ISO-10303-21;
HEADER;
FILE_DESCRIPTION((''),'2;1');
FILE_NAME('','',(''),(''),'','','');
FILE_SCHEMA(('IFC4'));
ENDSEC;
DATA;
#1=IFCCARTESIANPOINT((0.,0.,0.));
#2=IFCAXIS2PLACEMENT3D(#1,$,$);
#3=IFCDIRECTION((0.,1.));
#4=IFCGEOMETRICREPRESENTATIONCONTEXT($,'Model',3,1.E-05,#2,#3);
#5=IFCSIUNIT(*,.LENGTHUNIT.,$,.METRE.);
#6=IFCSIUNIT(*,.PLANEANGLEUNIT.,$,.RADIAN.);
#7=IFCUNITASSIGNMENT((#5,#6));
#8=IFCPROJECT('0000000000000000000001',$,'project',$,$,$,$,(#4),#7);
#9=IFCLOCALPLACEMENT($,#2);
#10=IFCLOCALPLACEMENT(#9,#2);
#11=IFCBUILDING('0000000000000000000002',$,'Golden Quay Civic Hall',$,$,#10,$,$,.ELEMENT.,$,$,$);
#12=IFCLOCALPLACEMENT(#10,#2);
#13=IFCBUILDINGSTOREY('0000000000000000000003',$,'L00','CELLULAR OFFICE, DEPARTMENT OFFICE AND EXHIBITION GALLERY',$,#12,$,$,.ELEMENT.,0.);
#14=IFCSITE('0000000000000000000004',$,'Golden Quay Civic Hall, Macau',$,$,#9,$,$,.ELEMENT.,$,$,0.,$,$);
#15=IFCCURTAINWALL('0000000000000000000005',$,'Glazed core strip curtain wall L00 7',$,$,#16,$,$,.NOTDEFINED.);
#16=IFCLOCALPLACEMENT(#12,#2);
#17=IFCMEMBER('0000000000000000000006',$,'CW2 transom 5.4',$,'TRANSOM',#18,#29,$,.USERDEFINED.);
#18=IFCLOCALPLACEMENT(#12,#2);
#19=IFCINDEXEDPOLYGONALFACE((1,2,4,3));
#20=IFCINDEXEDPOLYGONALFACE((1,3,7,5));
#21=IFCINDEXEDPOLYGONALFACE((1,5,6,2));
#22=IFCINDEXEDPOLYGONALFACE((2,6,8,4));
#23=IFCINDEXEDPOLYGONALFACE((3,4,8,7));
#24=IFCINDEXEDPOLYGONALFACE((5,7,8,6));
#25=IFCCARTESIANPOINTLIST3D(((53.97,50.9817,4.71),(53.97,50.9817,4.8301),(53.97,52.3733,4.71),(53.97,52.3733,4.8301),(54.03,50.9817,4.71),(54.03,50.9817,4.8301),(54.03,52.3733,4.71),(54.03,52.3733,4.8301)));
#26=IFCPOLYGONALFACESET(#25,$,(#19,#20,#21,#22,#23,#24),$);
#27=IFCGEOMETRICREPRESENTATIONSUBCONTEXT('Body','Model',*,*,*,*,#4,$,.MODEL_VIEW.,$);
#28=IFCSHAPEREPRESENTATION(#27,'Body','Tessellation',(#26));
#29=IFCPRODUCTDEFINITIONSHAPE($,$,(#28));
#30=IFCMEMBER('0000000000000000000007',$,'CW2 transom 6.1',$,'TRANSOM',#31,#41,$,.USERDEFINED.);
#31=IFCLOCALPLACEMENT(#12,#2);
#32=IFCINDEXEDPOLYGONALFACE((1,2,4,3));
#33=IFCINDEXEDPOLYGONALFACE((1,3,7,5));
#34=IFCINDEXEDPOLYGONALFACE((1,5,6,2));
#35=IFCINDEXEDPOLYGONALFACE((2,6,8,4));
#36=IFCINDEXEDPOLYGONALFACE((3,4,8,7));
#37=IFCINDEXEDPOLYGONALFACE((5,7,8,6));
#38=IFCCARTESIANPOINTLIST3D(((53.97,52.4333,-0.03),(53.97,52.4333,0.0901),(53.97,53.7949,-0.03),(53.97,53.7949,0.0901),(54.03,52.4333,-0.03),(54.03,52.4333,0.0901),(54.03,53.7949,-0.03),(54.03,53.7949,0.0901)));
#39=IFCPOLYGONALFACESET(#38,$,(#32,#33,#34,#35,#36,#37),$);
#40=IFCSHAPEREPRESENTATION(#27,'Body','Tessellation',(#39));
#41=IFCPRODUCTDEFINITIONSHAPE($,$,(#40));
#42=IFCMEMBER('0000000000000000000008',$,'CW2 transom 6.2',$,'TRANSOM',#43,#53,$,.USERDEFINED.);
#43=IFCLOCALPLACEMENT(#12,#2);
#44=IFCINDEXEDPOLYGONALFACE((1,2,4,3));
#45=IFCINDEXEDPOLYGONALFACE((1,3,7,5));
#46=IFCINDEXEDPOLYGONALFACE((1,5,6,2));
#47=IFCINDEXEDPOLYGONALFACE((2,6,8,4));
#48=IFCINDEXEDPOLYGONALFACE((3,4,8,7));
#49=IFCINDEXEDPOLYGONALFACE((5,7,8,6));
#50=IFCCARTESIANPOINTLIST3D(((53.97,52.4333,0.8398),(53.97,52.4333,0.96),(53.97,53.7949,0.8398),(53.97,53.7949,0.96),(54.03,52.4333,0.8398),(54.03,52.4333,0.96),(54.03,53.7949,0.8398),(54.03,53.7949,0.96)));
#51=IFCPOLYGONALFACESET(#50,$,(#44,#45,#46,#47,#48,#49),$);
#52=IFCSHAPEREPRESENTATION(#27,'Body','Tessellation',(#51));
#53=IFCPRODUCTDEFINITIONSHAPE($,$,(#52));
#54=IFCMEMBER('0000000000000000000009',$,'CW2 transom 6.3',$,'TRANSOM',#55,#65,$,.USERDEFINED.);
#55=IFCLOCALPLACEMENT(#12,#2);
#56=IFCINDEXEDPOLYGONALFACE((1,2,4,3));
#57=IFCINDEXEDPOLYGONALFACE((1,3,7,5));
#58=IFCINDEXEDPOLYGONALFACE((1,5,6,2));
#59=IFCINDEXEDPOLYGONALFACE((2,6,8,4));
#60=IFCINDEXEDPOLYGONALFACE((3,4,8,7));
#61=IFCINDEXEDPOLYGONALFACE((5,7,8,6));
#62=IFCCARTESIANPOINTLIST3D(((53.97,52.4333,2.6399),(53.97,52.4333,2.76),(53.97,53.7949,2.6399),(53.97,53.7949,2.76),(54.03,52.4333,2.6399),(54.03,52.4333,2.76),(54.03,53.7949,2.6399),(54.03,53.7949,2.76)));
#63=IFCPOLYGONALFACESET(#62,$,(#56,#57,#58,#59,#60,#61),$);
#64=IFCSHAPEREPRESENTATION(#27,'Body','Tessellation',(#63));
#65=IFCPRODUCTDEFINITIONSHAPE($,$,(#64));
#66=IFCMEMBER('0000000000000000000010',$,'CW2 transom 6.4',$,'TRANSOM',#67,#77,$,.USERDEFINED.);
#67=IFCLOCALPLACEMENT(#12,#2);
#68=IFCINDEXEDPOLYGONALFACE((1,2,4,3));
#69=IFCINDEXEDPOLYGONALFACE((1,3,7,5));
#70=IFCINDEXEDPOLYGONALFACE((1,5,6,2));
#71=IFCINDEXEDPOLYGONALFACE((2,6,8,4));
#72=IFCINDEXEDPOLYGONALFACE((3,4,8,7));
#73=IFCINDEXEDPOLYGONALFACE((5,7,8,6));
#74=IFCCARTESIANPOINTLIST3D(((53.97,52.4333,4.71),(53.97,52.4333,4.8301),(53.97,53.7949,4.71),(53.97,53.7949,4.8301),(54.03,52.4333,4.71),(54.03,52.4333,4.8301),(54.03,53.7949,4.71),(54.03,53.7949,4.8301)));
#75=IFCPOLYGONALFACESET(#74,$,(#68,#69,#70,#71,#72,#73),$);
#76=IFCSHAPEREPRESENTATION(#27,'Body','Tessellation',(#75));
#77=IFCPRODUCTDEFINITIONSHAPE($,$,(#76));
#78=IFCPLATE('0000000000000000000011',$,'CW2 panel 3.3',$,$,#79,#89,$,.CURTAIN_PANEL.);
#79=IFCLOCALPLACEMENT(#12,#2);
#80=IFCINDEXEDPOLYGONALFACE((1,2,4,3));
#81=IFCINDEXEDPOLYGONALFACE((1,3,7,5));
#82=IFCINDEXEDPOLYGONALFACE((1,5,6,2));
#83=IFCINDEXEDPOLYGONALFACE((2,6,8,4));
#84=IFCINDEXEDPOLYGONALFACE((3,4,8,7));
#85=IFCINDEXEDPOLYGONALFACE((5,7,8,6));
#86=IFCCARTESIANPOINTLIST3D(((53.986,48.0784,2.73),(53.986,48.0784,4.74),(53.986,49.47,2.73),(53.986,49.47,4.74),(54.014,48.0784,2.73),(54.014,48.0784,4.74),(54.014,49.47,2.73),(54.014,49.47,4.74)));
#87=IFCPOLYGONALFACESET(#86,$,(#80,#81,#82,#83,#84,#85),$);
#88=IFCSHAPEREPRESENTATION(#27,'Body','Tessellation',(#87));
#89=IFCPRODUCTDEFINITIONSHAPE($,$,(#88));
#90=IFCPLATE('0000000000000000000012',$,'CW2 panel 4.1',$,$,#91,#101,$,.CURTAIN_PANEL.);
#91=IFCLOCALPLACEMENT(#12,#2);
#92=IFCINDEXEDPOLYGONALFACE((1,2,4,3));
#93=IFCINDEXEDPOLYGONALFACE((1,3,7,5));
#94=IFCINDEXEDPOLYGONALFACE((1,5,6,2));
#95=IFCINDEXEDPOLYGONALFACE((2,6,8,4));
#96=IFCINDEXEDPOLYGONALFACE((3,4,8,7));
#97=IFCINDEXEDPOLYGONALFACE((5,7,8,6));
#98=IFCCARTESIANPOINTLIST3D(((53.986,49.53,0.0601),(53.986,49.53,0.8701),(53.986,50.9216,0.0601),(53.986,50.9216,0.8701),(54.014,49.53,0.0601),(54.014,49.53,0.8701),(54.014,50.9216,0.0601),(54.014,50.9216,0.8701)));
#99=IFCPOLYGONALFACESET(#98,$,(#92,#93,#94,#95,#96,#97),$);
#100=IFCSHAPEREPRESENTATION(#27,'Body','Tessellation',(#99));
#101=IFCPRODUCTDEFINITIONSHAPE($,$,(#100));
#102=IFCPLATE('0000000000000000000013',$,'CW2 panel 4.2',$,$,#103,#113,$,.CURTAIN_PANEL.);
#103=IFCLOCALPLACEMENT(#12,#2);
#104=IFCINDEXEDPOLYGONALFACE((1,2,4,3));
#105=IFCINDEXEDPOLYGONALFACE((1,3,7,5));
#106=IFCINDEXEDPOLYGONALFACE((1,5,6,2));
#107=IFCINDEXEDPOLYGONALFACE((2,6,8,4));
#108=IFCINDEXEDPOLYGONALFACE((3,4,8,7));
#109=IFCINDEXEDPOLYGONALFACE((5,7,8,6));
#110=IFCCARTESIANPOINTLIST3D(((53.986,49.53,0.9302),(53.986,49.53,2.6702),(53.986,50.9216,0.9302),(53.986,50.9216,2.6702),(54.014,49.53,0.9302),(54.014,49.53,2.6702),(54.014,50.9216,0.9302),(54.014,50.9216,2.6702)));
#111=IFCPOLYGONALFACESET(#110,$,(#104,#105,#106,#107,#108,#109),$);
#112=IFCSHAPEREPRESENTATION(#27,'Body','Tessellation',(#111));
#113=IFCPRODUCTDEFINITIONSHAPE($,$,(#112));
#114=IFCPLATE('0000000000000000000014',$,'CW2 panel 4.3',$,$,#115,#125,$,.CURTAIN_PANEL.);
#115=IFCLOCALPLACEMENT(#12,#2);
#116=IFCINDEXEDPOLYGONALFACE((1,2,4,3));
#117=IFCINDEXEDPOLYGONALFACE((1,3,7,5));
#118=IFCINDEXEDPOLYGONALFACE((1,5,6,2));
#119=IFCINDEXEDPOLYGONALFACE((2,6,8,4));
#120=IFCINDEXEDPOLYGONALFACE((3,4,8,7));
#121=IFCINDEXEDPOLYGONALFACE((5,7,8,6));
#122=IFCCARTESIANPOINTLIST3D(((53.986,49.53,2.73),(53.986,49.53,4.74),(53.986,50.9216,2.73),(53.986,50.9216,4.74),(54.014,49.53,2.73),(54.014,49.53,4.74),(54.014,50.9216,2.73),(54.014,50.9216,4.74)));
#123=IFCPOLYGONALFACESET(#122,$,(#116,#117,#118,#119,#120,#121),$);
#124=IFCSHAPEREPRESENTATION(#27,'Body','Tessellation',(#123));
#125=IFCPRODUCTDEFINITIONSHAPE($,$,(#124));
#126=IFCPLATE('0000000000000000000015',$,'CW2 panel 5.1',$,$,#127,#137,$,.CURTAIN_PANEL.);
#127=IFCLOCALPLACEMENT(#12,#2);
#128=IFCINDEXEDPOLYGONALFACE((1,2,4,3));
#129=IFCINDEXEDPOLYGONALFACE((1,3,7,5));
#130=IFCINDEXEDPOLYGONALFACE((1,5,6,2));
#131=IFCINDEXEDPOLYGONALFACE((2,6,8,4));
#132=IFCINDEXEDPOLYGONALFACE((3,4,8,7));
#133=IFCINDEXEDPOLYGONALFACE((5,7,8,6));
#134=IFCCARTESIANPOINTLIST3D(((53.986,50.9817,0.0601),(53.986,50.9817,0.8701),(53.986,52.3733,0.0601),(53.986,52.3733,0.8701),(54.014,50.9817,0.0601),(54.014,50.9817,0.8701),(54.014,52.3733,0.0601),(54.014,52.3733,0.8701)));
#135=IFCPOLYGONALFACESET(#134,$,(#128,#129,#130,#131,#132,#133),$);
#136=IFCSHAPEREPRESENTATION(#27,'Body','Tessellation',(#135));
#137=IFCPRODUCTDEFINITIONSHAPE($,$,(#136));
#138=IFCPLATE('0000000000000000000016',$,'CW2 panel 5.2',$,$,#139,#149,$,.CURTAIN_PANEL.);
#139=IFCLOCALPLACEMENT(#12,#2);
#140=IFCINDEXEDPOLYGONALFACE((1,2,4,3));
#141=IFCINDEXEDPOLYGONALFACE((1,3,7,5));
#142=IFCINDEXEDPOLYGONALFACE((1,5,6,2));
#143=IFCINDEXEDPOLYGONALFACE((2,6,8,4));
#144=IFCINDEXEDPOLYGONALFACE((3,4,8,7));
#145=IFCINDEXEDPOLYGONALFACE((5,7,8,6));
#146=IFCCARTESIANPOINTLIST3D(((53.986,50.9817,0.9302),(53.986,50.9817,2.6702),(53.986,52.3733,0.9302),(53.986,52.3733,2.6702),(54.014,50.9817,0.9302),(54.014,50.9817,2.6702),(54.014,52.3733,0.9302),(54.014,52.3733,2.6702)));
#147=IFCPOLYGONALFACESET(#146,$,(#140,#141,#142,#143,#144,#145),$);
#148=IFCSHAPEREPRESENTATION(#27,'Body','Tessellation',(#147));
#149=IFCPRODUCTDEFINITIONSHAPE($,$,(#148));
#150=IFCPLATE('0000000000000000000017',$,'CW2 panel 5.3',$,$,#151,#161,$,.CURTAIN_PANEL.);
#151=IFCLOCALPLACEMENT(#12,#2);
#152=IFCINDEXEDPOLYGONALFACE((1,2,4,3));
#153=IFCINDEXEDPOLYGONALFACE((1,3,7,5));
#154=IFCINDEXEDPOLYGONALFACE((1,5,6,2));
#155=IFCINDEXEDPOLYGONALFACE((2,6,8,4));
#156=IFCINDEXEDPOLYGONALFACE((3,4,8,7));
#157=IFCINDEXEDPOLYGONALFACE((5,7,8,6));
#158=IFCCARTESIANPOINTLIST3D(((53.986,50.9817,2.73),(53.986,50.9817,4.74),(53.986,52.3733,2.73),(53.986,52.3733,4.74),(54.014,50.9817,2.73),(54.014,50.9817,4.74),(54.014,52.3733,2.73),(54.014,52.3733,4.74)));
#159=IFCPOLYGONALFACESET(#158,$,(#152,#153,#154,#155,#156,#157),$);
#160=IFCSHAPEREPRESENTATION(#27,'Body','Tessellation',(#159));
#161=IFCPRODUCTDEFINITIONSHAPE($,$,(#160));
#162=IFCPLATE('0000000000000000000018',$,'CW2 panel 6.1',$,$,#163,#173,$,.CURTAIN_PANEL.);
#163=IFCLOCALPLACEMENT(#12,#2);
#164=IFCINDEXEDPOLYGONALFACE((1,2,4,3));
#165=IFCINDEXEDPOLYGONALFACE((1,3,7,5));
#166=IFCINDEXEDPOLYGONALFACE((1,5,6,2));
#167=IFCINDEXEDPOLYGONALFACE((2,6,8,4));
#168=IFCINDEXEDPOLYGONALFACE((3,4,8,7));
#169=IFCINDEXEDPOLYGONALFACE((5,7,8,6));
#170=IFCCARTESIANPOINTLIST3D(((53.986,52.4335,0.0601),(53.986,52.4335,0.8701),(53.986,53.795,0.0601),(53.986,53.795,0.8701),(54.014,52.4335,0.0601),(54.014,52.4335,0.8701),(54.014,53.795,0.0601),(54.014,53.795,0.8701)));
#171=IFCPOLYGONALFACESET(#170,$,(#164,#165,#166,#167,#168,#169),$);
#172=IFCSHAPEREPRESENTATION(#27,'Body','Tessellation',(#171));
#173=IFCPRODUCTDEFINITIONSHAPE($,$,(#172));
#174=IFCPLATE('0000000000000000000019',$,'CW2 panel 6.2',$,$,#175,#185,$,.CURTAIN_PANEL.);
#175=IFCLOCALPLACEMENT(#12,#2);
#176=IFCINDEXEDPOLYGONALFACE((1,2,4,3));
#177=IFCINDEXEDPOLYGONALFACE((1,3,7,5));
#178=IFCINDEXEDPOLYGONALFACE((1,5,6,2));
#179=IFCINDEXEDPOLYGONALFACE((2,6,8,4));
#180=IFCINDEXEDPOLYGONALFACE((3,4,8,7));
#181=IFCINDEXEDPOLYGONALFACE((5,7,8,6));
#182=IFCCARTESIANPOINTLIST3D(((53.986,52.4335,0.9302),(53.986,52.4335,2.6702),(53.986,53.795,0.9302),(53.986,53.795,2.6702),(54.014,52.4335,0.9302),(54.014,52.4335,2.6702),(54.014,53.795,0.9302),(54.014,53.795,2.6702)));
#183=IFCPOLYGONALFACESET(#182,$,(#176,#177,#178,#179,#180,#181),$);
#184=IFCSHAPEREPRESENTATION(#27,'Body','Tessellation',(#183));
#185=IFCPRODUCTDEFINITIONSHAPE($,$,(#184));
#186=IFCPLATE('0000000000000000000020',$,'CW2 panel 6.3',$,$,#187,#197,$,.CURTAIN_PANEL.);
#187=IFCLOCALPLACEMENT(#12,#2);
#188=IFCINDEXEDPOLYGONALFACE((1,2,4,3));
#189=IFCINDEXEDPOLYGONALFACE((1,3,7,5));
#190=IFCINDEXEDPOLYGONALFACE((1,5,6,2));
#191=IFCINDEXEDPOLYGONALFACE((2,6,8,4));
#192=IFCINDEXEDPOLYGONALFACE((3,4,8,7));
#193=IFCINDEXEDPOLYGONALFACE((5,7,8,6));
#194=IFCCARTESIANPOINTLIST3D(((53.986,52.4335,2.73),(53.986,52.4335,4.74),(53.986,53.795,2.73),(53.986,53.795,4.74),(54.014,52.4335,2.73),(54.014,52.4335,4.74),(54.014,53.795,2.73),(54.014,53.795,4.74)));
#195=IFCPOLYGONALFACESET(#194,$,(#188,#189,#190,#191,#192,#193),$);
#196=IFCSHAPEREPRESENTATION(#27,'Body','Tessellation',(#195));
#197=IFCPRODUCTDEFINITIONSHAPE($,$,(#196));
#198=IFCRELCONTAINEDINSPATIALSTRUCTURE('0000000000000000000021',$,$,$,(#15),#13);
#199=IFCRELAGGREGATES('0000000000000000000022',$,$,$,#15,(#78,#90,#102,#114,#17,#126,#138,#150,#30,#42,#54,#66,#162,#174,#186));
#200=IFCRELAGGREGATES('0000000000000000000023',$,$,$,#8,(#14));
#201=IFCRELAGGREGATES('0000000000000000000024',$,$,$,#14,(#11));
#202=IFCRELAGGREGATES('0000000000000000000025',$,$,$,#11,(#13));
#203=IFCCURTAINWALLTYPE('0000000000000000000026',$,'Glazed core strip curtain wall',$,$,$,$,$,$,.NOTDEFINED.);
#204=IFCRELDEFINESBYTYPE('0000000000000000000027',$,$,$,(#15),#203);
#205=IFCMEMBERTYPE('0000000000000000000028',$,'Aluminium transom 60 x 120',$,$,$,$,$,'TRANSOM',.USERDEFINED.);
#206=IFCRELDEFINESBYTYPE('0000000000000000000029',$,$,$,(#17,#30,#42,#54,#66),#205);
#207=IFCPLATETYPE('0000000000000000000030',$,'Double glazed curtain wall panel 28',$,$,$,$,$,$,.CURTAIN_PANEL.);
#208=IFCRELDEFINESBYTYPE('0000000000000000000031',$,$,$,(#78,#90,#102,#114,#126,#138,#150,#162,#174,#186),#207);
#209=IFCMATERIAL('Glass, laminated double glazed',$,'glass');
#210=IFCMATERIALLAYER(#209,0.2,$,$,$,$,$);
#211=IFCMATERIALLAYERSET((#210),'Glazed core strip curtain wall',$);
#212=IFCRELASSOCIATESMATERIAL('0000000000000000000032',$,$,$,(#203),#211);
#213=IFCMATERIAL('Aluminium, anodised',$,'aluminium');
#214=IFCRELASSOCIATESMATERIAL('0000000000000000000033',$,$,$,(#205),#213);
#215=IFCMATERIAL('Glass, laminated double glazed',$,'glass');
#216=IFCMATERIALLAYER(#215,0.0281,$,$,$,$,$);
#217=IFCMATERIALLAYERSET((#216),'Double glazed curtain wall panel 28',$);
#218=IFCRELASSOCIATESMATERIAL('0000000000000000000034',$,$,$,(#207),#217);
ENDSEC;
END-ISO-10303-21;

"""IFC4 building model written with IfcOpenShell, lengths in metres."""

from ifc_helpers import new_model, si_unit, direction, frame, origin, origin_2d, place, context, subcontext, project, spatial, rectangle, extrude, material, layer, layer_set, material_profile, profile_set, type_object, element, aggregate, save


model = new_model("IFC4")

# Units and contexts
model_context = context("Model", 3, precision=1e-05, world=origin(), true_north=direction((0.0, 1.0)))
body_context = subcontext(model_context, "Body", "Model", "MODEL_VIEW")
ifc_project = project(units=[si_unit("LENGTHUNIT", "METRE"), si_unit("PLANEANGLEUNIT", "RADIAN")], contexts=[model_context])

# Site, building, storey
site_placement = place(None, origin())
site = spatial("IfcSite", under=ifc_project, at=site_placement, Name="Golden Quay Civic Hall, Macau", CompositionType="ELEMENT", RefElevation=0.0)
building_placement = place(site_placement, origin())
building = spatial("IfcBuilding", under=site, at=building_placement, Name="Golden Quay Civic Hall", CompositionType="ELEMENT")
storey_placement = place(building_placement, origin())
storey = spatial("IfcBuildingStorey", under=building, at=storey_placement, Name="L00", Description="CELLULAR OFFICE, DEPARTMENT OFFICE AND EXHIBITION GALLERY", CompositionType="ELEMENT", Elevation=0.0)

# Curtain wall, members, plates
ifc_material_1 = material(Name="Glass, laminated double glazed", Category="glass")
ifc_layer_1 = layer(ifc_material_1, 0.2)
ifc_layer_set_1 = layer_set([ifc_layer_1], Name="Glazed core strip curtain wall")
curtain_wall_type = type_object("IfcCurtainWallType", Name="Glazed core strip curtain wall", PredefinedType="NOTDEFINED", material=ifc_layer_set_1)
curtain_wall_placement = place(storey_placement, origin())
curtain_wall = element("IfcCurtainWall", 1, at=curtain_wall_placement, inside=storey, type_object=curtain_wall_type, Name="Glazed core strip curtain wall L00 7", PredefinedType="NOTDEFINED")
ifc_material_2 = material(Name="Aluminium, anodised", Category="aluminium")
ifc_material_profile_1 = material_profile(ifc_material_2, rectangle(XDim=0.0601, YDim=0.1201, at=origin_2d()), Name="Aluminium 60 x 120")
ifc_profile_set_1 = profile_set([ifc_material_profile_1], Name="Aluminium, anodised")
member_type_1 = type_object("IfcMemberType", Name="Aluminium transom 60 x 120", ElementType="TRANSOM", PredefinedType="USERDEFINED", material=ifc_profile_set_1)
member_1_placement = place(storey_placement, frame((54.0, 50.9817, 4.77), z_axis=(0.0, 1.0, 0.0), x_axis=(-1.0, 0.0, 0.0)))
member_1 = element("IfcMember", 2, at=member_1_placement, type_object=member_type_1, Name="CW2 transom 5.4", ObjectType="TRANSOM", PredefinedType="USERDEFINED", context=body_context, shape_type="SweptSolid", body=[
    extrude(rectangle(XDim=0.0601, YDim=0.1201, at=origin_2d()), origin(), (0.0, 0.0, 1.0), 1.3916),
])
member_2_placement = place(storey_placement, frame((54.0, 52.4333, 0.03), z_axis=(0.0, 1.0, 0.0), x_axis=(-1.0, 0.0, 0.0)))
member_2 = element("IfcMember", 3, at=member_2_placement, type_object=member_type_1, Name="CW2 transom 6.1", ObjectType="TRANSOM", PredefinedType="USERDEFINED", context=body_context, shape_type="SweptSolid", body=[
    extrude(rectangle(XDim=0.0601, YDim=0.1201, at=origin_2d()), origin(), (0.0, 0.0, 1.0), 1.3616),
])
member_3_placement = place(storey_placement, frame((54.0, 52.4333, 0.8999), z_axis=(0.0, 1.0, 0.0), x_axis=(-1.0, 0.0, 0.0)))
member_3 = element("IfcMember", 4, at=member_3_placement, type_object=member_type_1, Name="CW2 transom 6.2", ObjectType="TRANSOM", PredefinedType="USERDEFINED", context=body_context, shape_type="SweptSolid", body=[
    extrude(rectangle(XDim=0.0601, YDim=0.1201, at=origin_2d()), origin(), (0.0, 0.0, 1.0), 1.3616),
])
member_4_placement = place(storey_placement, frame((54.0, 52.4333, 2.7), z_axis=(0.0, 1.0, 0.0), x_axis=(-1.0, 0.0, 0.0)))
member_4 = element("IfcMember", 5, at=member_4_placement, type_object=member_type_1, Name="CW2 transom 6.3", ObjectType="TRANSOM", PredefinedType="USERDEFINED", context=body_context, shape_type="SweptSolid", body=[
    extrude(rectangle(XDim=0.0601, YDim=0.1201, at=origin_2d()), origin(), (0.0, 0.0, 1.0), 1.3616),
])
member_5_placement = place(storey_placement, frame((54.0, 52.4333, 4.77), z_axis=(0.0, 1.0, 0.0), x_axis=(-1.0, 0.0, 0.0)))
member_5 = element("IfcMember", 6, at=member_5_placement, type_object=member_type_1, Name="CW2 transom 6.4", ObjectType="TRANSOM", PredefinedType="USERDEFINED", context=body_context, shape_type="SweptSolid", body=[
    extrude(rectangle(XDim=0.0601, YDim=0.1201, at=origin_2d()), origin(), (0.0, 0.0, 1.0), 1.3616),
])
ifc_material_3 = material(Name="Glass, laminated double glazed", Category="glass")
ifc_layer_2 = layer(ifc_material_3, 0.0281)
ifc_layer_set_2 = layer_set([ifc_layer_2], Name="Double glazed curtain wall panel 28")
plate_type = type_object("IfcPlateType", Name="Double glazed curtain wall panel 28", PredefinedType="CURTAIN_PANEL", material=ifc_layer_set_2)
plate_1_placement = place(storey_placement, frame((54.0, 48.7742, 2.73), z_axis=(0.0, 0.0, 1.0), x_axis=(0.0, 1.0, 0.0)))
plate_1 = element("IfcPlate", 7, at=plate_1_placement, type_object=plate_type, Name="CW2 panel 3.3", PredefinedType="CURTAIN_PANEL", context=body_context, shape_type="SweptSolid", body=[
    extrude(rectangle(XDim=1.3916, YDim=0.0281, at=origin_2d()), origin(), (0.0, 0.0, 1.0), 2.01),
])
plate_2_placement = place(storey_placement, frame((54.0, 50.2258, 0.0601), z_axis=(0.0, 0.0, 1.0), x_axis=(0.0, 1.0, 0.0)))
plate_2 = element("IfcPlate", 8, at=plate_2_placement, type_object=plate_type, Name="CW2 panel 4.1", PredefinedType="CURTAIN_PANEL", context=body_context, shape_type="SweptSolid", body=[
    extrude(rectangle(XDim=1.3916, YDim=0.0281, at=origin_2d()), origin(), (0.0, 0.0, 1.0), 0.8101),
])
plate_3_placement = place(storey_placement, frame((54.0, 50.2258, 0.9302), z_axis=(0.0, 0.0, 1.0), x_axis=(0.0, 1.0, 0.0)))
plate_3 = element("IfcPlate", 9, at=plate_3_placement, type_object=plate_type, Name="CW2 panel 4.2", PredefinedType="CURTAIN_PANEL", context=body_context, shape_type="SweptSolid", body=[
    extrude(rectangle(XDim=1.3916, YDim=0.0281, at=origin_2d()), origin(), (0.0, 0.0, 1.0), 1.74),
])
plate_4_placement = place(storey_placement, frame((54.0, 50.2258, 2.73), z_axis=(0.0, 0.0, 1.0), x_axis=(0.0, 1.0, 0.0)))
plate_4 = element("IfcPlate", 10, at=plate_4_placement, type_object=plate_type, Name="CW2 panel 4.3", PredefinedType="CURTAIN_PANEL", context=body_context, shape_type="SweptSolid", body=[
    extrude(rectangle(XDim=1.3916, YDim=0.0281, at=origin_2d()), origin(), (0.0, 0.0, 1.0), 2.01),
])
plate_5_placement = place(storey_placement, frame((54.0, 51.6775, 0.0601), z_axis=(0.0, 0.0, 1.0), x_axis=(0.0, 1.0, 0.0)))
plate_5 = element("IfcPlate", 11, at=plate_5_placement, type_object=plate_type, Name="CW2 panel 5.1", PredefinedType="CURTAIN_PANEL", context=body_context, shape_type="SweptSolid", body=[
    extrude(rectangle(XDim=1.3916, YDim=0.0281, at=origin_2d()), origin(), (0.0, 0.0, 1.0), 0.8101),
])
plate_6_placement = place(storey_placement, frame((54.0, 51.6775, 0.9302), z_axis=(0.0, 0.0, 1.0), x_axis=(0.0, 1.0, 0.0)))
plate_6 = element("IfcPlate", 12, at=plate_6_placement, type_object=plate_type, Name="CW2 panel 5.2", PredefinedType="CURTAIN_PANEL", context=body_context, shape_type="SweptSolid", body=[
    extrude(rectangle(XDim=1.3916, YDim=0.0281, at=origin_2d()), origin(), (0.0, 0.0, 1.0), 1.74),
])
plate_7_placement = place(storey_placement, frame((54.0, 51.6775, 2.73), z_axis=(0.0, 0.0, 1.0), x_axis=(0.0, 1.0, 0.0)))
plate_7 = element("IfcPlate", 13, at=plate_7_placement, type_object=plate_type, Name="CW2 panel 5.3", PredefinedType="CURTAIN_PANEL", context=body_context, shape_type="SweptSolid", body=[
    extrude(rectangle(XDim=1.3916, YDim=0.0281, at=origin_2d()), origin(), (0.0, 0.0, 1.0), 2.01),
])
plate_8_placement = place(storey_placement, frame((54.0, 53.1143, 0.0601), z_axis=(0.0, 0.0, 1.0), x_axis=(0.0, 1.0, 0.0)))
plate_8 = element("IfcPlate", 14, at=plate_8_placement, type_object=plate_type, Name="CW2 panel 6.1", PredefinedType="CURTAIN_PANEL", context=body_context, shape_type="SweptSolid", body=[
    extrude(rectangle(XDim=1.3616, YDim=0.0281, at=origin_2d()), origin(), (0.0, 0.0, 1.0), 0.8101),
])
plate_9_placement = place(storey_placement, frame((54.0, 53.1143, 0.9302), z_axis=(0.0, 0.0, 1.0), x_axis=(0.0, 1.0, 0.0)))
plate_9 = element("IfcPlate", 15, at=plate_9_placement, type_object=plate_type, Name="CW2 panel 6.2", PredefinedType="CURTAIN_PANEL", context=body_context, shape_type="SweptSolid", body=[
    extrude(rectangle(XDim=1.3616, YDim=0.0281, at=origin_2d()), origin(), (0.0, 0.0, 1.0), 1.74),
])
plate_10_placement = place(storey_placement, frame((54.0, 53.1143, 2.73), z_axis=(0.0, 0.0, 1.0), x_axis=(0.0, 1.0, 0.0)))
plate_10 = element("IfcPlate", 16, at=plate_10_placement, type_object=plate_type, Name="CW2 panel 6.3", PredefinedType="CURTAIN_PANEL", context=body_context, shape_type="SweptSolid", body=[
    extrude(rectangle(XDim=1.3616, YDim=0.0281, at=origin_2d()), origin(), (0.0, 0.0, 1.0), 2.01),
])
aggregate(curtain_wall, [plate_1, plate_2, plate_3, plate_4, member_1, plate_5, plate_6, plate_7, member_2, member_3, member_4, member_5, plate_8, plate_9, plate_10])

save(model, "model.ifc")
